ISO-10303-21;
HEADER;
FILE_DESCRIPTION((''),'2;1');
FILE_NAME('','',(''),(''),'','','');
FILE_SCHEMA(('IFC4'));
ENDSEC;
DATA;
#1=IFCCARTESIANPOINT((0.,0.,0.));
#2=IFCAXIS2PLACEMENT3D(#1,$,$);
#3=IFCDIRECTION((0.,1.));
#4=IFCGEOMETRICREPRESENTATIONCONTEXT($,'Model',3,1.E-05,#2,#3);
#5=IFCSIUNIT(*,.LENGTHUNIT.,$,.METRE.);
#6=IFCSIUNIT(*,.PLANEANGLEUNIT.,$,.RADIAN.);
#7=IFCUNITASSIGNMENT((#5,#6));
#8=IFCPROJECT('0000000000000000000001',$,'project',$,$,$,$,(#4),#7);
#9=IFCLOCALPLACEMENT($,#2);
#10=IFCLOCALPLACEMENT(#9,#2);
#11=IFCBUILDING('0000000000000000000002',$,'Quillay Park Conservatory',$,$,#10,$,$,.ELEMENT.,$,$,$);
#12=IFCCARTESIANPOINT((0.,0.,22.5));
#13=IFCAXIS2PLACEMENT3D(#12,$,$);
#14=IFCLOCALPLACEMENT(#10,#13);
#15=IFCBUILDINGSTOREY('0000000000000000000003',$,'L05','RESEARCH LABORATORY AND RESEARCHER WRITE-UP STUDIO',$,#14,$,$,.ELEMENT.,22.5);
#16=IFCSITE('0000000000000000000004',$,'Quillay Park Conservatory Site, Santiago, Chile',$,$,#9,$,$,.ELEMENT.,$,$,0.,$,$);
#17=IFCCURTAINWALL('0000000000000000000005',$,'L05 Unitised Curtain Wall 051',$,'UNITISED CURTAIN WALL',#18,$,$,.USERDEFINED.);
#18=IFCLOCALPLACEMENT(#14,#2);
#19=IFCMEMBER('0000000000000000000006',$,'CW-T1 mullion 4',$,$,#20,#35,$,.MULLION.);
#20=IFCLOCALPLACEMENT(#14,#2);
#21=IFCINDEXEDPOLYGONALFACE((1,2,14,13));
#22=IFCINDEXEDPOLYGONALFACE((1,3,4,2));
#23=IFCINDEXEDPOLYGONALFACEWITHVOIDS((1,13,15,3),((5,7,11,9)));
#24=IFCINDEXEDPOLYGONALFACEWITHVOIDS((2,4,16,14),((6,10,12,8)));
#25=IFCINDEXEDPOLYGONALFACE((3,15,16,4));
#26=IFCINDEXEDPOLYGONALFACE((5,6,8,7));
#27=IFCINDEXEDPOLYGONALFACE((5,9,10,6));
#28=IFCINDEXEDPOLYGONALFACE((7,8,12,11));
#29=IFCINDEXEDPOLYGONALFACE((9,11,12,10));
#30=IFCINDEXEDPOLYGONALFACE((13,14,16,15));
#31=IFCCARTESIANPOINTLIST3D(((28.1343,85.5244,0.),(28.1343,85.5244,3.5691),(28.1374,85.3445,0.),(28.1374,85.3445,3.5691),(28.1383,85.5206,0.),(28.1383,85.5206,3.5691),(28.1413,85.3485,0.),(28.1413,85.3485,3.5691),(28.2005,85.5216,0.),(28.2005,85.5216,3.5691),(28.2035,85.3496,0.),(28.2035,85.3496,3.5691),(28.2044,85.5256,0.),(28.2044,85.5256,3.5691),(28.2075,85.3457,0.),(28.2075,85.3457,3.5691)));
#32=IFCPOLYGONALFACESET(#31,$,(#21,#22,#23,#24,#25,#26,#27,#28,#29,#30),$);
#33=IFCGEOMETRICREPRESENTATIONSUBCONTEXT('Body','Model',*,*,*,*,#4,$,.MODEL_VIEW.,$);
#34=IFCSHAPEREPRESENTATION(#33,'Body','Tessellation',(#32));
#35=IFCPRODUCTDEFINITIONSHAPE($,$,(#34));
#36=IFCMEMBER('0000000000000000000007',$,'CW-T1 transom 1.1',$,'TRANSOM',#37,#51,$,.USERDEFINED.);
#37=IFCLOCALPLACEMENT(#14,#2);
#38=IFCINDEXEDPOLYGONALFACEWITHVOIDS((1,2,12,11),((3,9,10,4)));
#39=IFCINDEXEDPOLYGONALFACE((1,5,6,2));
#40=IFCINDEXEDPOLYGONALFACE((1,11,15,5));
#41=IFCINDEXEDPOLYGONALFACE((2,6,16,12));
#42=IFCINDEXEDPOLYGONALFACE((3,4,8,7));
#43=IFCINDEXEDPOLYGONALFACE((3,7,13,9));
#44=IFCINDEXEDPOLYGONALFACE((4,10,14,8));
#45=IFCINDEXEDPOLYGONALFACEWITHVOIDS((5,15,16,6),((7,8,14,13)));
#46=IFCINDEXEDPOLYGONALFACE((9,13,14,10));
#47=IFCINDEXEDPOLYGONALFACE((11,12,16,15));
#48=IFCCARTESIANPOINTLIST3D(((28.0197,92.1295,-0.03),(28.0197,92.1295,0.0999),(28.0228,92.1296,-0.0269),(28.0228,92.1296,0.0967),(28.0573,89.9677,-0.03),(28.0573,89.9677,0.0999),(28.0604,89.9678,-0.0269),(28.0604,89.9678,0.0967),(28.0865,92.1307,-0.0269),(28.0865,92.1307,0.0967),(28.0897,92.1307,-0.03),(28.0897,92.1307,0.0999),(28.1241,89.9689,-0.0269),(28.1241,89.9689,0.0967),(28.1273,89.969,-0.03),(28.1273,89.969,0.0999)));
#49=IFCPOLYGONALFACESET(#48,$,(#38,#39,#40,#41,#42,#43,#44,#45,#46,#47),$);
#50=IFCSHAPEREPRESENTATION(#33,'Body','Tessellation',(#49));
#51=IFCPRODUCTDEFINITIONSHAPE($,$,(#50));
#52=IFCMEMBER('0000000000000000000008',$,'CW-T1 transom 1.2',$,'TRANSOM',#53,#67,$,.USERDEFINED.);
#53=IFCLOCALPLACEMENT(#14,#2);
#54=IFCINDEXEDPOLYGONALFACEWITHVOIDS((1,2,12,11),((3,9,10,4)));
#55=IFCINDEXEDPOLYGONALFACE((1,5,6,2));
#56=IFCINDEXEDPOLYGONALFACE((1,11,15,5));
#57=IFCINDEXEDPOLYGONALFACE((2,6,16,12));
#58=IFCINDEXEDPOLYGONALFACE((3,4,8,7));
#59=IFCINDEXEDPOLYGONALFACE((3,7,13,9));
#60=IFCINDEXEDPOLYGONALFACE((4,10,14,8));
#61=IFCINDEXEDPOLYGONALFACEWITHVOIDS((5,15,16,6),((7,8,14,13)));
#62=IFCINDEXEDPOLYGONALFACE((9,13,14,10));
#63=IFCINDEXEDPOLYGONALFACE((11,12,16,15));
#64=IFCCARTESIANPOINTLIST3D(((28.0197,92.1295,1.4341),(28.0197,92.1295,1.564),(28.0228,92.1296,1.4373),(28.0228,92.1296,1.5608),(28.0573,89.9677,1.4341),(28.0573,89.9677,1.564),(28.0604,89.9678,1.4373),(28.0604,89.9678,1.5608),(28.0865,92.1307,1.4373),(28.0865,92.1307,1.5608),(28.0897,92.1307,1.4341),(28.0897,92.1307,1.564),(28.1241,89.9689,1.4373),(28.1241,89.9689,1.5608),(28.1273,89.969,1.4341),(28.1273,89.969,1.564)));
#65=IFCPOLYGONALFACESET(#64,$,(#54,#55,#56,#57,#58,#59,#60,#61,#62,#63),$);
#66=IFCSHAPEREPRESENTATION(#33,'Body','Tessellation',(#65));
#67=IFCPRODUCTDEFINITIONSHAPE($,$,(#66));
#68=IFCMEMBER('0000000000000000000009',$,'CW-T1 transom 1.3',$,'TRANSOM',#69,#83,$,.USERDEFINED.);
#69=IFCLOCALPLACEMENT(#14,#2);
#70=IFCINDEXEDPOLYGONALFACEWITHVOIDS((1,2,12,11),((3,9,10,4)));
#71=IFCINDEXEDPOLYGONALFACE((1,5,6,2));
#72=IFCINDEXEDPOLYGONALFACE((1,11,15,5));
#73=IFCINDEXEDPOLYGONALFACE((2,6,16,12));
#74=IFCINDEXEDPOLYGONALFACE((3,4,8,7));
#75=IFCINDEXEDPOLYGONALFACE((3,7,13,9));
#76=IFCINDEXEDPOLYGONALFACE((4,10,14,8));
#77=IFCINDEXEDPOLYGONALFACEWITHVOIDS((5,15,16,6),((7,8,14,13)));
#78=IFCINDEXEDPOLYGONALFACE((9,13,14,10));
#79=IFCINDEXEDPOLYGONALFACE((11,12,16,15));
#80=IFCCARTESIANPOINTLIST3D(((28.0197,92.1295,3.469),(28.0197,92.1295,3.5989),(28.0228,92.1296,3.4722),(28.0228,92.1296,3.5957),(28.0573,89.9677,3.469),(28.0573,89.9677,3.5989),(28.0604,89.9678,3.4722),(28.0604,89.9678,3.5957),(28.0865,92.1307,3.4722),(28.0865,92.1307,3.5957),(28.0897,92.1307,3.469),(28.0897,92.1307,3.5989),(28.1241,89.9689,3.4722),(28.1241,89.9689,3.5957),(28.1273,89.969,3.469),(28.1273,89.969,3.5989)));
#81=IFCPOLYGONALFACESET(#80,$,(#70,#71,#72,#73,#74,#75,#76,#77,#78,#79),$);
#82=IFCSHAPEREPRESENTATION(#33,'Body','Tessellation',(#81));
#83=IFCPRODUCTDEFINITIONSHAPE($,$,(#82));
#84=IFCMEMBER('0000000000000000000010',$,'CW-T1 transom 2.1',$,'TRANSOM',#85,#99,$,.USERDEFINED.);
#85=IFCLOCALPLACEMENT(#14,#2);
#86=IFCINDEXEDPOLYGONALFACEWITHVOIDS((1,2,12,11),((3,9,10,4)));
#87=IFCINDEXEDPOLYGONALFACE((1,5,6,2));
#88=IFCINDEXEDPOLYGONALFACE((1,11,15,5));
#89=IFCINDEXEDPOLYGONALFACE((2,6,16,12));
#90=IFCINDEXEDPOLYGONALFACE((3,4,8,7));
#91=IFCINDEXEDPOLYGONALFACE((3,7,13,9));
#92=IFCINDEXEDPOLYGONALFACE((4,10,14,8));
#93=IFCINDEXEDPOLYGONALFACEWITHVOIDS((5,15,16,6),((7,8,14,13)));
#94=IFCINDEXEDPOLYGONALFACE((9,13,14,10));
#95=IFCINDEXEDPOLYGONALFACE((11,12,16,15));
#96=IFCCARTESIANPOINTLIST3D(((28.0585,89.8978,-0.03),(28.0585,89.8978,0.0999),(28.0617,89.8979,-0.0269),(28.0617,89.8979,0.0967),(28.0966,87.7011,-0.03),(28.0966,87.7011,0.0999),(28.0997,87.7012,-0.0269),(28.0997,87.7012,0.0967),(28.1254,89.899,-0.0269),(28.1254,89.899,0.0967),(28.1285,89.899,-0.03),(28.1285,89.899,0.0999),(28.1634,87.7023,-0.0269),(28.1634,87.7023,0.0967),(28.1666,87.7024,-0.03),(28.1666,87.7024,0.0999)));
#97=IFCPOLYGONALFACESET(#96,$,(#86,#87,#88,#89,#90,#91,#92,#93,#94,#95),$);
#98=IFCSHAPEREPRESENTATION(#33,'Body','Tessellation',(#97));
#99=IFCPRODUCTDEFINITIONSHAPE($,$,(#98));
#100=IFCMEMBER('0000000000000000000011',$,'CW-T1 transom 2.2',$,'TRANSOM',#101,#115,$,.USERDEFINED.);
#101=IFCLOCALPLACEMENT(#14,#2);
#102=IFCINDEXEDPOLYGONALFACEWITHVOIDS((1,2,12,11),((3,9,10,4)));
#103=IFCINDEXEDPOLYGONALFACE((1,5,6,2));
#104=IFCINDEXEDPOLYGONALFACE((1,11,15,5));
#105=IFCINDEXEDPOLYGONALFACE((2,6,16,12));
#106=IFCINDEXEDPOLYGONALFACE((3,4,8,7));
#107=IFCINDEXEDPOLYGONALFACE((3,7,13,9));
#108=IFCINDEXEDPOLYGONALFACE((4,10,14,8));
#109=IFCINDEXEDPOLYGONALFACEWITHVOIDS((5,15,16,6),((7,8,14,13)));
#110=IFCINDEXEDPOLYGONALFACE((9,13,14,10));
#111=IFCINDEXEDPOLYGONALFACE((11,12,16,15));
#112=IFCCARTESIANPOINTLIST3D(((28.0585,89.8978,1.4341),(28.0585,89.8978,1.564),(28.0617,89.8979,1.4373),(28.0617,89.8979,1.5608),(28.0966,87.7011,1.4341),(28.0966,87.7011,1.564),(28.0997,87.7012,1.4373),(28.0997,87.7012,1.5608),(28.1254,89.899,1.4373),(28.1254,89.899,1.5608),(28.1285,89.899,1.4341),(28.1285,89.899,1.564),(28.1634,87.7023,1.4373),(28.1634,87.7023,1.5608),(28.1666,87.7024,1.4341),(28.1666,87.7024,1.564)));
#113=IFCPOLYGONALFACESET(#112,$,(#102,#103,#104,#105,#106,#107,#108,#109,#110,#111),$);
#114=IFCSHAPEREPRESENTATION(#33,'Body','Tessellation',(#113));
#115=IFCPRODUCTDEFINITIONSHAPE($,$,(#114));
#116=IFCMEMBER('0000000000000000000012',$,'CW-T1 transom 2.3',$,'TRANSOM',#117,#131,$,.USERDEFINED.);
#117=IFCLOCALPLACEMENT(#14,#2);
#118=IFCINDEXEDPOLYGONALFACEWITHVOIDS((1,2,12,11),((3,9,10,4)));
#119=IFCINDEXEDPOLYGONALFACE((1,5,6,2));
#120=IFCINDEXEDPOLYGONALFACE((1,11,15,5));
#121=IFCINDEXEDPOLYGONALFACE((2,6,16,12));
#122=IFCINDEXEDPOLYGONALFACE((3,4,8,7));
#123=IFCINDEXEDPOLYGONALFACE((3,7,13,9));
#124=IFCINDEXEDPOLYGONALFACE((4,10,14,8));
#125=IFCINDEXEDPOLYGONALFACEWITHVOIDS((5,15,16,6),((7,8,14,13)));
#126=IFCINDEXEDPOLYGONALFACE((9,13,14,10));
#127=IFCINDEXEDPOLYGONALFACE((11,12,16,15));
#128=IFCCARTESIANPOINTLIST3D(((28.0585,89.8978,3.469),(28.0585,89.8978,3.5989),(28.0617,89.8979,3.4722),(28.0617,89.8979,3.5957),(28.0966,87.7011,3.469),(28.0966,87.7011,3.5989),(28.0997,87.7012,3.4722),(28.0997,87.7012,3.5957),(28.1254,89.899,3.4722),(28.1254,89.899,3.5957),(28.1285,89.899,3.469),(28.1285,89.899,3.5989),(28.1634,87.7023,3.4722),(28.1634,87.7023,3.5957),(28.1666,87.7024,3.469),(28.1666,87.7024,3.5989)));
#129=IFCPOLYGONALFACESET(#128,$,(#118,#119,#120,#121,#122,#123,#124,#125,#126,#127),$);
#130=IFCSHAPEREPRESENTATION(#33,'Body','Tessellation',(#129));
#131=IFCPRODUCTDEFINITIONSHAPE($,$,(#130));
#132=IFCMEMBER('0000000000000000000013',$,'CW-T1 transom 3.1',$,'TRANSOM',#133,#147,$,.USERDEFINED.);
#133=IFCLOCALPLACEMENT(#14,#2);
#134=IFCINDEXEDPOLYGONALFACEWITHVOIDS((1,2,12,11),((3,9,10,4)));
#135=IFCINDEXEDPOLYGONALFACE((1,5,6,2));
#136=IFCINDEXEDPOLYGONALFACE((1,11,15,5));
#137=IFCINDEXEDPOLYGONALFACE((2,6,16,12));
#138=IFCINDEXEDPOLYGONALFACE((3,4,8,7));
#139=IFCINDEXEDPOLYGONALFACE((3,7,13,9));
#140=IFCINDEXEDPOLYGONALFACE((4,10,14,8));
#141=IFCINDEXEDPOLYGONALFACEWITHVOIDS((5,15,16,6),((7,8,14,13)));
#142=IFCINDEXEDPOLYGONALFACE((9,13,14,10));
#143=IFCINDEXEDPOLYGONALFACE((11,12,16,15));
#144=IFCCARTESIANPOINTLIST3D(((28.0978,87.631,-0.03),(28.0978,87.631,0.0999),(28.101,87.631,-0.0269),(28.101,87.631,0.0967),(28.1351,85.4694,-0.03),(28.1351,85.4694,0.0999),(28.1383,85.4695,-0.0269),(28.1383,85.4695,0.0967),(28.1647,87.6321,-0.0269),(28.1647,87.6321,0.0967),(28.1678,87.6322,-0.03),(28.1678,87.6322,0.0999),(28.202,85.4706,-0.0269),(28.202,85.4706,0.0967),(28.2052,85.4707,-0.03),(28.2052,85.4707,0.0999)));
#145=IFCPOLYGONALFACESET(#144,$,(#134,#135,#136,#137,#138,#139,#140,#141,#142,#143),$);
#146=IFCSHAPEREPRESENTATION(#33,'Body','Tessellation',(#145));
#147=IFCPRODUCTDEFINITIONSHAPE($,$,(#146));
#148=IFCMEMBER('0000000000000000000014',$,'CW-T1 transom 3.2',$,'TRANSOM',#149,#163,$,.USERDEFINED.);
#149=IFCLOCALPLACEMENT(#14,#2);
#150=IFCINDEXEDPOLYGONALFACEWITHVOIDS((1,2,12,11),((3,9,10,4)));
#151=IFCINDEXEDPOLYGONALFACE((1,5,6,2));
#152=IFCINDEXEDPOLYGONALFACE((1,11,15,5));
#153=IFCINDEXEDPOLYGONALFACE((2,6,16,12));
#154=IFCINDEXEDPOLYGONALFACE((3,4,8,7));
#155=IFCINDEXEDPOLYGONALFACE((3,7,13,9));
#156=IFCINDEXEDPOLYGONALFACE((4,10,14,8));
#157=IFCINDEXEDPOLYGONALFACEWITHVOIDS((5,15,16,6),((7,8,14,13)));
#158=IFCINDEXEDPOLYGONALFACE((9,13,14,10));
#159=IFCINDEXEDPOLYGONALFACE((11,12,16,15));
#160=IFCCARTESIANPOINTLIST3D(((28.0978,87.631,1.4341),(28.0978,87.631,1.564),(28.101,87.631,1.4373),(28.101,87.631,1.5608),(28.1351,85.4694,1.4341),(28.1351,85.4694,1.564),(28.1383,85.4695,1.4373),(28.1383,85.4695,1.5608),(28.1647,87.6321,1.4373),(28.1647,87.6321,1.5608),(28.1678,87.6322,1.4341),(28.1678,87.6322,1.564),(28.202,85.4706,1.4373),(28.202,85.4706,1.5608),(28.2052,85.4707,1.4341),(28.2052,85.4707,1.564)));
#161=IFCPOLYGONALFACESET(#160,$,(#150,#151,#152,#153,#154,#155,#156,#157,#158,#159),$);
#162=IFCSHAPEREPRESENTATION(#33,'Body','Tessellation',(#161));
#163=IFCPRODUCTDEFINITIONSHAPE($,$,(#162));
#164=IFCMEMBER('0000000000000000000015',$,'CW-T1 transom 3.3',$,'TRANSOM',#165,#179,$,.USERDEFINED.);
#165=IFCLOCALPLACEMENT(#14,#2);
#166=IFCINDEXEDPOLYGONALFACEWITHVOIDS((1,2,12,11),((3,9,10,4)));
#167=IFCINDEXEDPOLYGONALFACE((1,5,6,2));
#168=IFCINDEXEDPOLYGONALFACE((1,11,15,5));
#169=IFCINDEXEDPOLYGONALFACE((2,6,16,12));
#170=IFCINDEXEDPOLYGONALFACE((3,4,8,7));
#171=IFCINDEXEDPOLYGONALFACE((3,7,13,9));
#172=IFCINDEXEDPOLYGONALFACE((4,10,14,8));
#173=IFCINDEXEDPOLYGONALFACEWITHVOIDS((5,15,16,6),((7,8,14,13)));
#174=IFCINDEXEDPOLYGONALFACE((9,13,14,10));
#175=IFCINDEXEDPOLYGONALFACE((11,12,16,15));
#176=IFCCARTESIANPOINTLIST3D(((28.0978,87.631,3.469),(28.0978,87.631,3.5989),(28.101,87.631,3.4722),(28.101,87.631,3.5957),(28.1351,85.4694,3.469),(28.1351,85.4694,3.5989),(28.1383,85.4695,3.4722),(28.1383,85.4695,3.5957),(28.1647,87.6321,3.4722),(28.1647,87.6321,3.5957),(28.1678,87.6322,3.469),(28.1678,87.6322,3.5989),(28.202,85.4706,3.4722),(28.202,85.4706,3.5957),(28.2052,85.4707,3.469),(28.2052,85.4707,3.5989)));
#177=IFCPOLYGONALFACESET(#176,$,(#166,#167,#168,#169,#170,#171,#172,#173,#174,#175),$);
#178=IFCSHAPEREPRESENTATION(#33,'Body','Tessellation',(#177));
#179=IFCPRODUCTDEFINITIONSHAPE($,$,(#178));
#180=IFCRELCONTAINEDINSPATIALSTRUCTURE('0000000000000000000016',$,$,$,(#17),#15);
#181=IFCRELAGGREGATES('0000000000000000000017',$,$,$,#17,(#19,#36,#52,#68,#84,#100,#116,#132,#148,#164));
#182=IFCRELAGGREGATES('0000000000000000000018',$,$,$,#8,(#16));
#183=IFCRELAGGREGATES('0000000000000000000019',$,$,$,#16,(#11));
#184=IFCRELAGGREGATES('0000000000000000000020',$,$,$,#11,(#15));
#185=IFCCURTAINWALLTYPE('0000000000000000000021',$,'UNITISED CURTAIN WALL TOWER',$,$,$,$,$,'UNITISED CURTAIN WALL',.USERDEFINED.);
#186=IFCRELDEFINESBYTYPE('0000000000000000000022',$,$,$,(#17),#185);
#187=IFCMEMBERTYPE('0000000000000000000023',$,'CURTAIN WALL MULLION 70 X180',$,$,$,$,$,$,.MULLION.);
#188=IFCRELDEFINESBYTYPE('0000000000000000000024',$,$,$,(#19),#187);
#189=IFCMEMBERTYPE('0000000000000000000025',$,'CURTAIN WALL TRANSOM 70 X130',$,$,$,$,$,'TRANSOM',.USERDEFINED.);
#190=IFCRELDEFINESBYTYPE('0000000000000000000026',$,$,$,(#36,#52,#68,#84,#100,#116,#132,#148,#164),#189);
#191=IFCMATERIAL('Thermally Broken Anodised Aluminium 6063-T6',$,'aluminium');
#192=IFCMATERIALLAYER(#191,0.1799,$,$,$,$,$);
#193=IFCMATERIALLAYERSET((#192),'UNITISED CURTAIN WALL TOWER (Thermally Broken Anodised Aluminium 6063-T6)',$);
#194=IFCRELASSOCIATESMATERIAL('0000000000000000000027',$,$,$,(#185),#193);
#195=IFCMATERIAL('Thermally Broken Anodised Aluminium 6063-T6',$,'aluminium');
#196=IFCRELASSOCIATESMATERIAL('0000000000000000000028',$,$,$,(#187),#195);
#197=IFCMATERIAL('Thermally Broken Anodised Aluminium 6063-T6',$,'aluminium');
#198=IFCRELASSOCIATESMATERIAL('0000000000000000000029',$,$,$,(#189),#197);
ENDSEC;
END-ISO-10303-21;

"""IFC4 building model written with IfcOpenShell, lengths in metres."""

from ifc_helpers import new_model, si_unit, direction, frame, origin, origin_2d, place, context, subcontext, project, spatial, hollow_rectangle, extrude, material, layer, layer_set, material_profile, profile_set, type_object, element, aggregate, save


model = new_model("IFC4")

# Units and contexts
model_context = context("Model", 3, precision=1e-05, world=origin(), true_north=direction((0.0, 1.0)))
body_context = subcontext(model_context, "Body", "Model", "MODEL_VIEW")
ifc_project = project(units=[si_unit("LENGTHUNIT", "METRE"), si_unit("PLANEANGLEUNIT", "RADIAN")], contexts=[model_context])

# Site, building, storey
site_placement = place(None, origin())
site = spatial("IfcSite", under=ifc_project, at=site_placement, Name="Quillay Park Conservatory Site, Santiago, Chile", CompositionType="ELEMENT", RefElevation=0.0)
building_placement = place(site_placement, origin())
building = spatial("IfcBuilding", under=site, at=building_placement, Name="Quillay Park Conservatory", CompositionType="ELEMENT")
storey_placement = place(building_placement, frame((0.0, 0.0, 22.5)))
storey = spatial("IfcBuildingStorey", under=building, at=storey_placement, Name="L05", Description="RESEARCH LABORATORY AND RESEARCHER WRITE-UP STUDIO", CompositionType="ELEMENT", Elevation=22.5)

# Curtain wall, members
ifc_material_1 = material(Name="Thermally Broken Anodised Aluminium 6063-T6", Category="aluminium")
ifc_layer_1 = layer(ifc_material_1, 0.1799)
ifc_layer_set_1 = layer_set([ifc_layer_1], Name="UNITISED CURTAIN WALL TOWER (Thermally Broken Anodised Aluminium 6063-T6)")
curtain_wall_type = type_object("IfcCurtainWallType", Name="UNITISED CURTAIN WALL TOWER", ElementType="UNITISED CURTAIN WALL", PredefinedType="USERDEFINED", material=ifc_layer_set_1)
curtain_wall_placement = place(storey_placement, origin())
curtain_wall = element("IfcCurtainWall", 1, at=curtain_wall_placement, inside=storey, type_object=curtain_wall_type, Name="L05 Unitised Curtain Wall 051", ObjectType="UNITISED CURTAIN WALL", PredefinedType="USERDEFINED")
ifc_material_2 = material(Name="Thermally Broken Anodised Aluminium 6063-T6", Category="aluminium")
ifc_material_profile_1 = material_profile(ifc_material_2, hollow_rectangle(XDim=0.0701, YDim=0.1799, WallThickness=0.0039, at=origin_2d()), Name="AL70x180x4")
ifc_profile_set_1 = profile_set([ifc_material_profile_1], Name="Thermally Broken Anodised Aluminium 6063-T6")
member_type_1 = type_object("IfcMemberType", Name="CURTAIN WALL MULLION 70 X180", PredefinedType="MULLION", material=ifc_profile_set_1)
member_1_placement = place(storey_placement, frame((28.1709, 85.4351, 0.0), z_axis=(0.0, 0.0, 1.0), x_axis=(0.999849, 0.01735, 0.0)))
member_1 = element("IfcMember", 2, at=member_1_placement, type_object=member_type_1, Name="CW-T1 mullion 4", PredefinedType="MULLION", context=body_context, shape_type="SweptSolid", body=[
    extrude(hollow_rectangle(XDim=0.0701, YDim=0.1799, WallThickness=0.0039, at=origin_2d()), origin(), (0.0, 0.0, 1.0), 3.5691),
])
ifc_material_3 = material(Name="Thermally Broken Anodised Aluminium 6063-T6", Category="aluminium")
ifc_material_profile_2 = material_profile(ifc_material_3, hollow_rectangle(XDim=0.0701, YDim=0.1299, WallThickness=0.0032, at=origin_2d()), Name="AL70x130x3.2")
ifc_profile_set_2 = profile_set([ifc_material_profile_2], Name="Thermally Broken Anodised Aluminium 6063-T6")
member_type_2 = type_object("IfcMemberType", Name="CURTAIN WALL TRANSOM 70 X130", ElementType="TRANSOM", PredefinedType="USERDEFINED", material=ifc_profile_set_2)
member_2_placement = place(storey_placement, frame((28.0547, 92.1301, 0.0349), z_axis=(0.017389, -0.999849, 0.0), x_axis=(0.999849, 0.017389, 0.0)))
member_2 = element("IfcMember", 3, at=member_2_placement, type_object=member_type_2, Name="CW-T1 transom 1.1", ObjectType="TRANSOM", PredefinedType="USERDEFINED", context=body_context, shape_type="SweptSolid", body=[
    extrude(hollow_rectangle(XDim=0.0701, YDim=0.1299, WallThickness=0.0032, at=origin_2d()), origin(), (0.0, 0.0, 1.0), 2.1621),
])
member_3_placement = place(storey_placement, frame((28.0547, 92.1301, 1.499), z_axis=(0.017389, -0.999849, 0.0), x_axis=(0.999849, 0.017389, 0.0)))
member_3 = element("IfcMember", 4, at=member_3_placement, type_object=member_type_2, Name="CW-T1 transom 1.2", ObjectType="TRANSOM", PredefinedType="USERDEFINED", context=body_context, shape_type="SweptSolid", body=[
    extrude(hollow_rectangle(XDim=0.0701, YDim=0.1299, WallThickness=0.0032, at=origin_2d()), origin(), (0.0, 0.0, 1.0), 2.1621),
])
member_4_placement = place(storey_placement, frame((28.0547, 92.1301, 3.5339), z_axis=(0.017389, -0.999849, 0.0), x_axis=(0.999849, 0.017389, 0.0)))
member_4 = element("IfcMember", 5, at=member_4_placement, type_object=member_type_2, Name="CW-T1 transom 1.3", ObjectType="TRANSOM", PredefinedType="USERDEFINED", context=body_context, shape_type="SweptSolid", body=[
    extrude(hollow_rectangle(XDim=0.0701, YDim=0.1299, WallThickness=0.0032, at=origin_2d()), origin(), (0.0, 0.0, 1.0), 2.1621),
])
member_5_placement = place(storey_placement, frame((28.0935, 89.8984, 0.0349), z_axis=(0.017335, -0.99985, 0.0), x_axis=(0.99985, 0.017335, 0.0)))
member_5 = element("IfcMember", 6, at=member_5_placement, type_object=member_type_2, Name="CW-T1 transom 2.1", ObjectType="TRANSOM", PredefinedType="USERDEFINED", context=body_context, shape_type="SweptSolid", body=[
    extrude(hollow_rectangle(XDim=0.0701, YDim=0.1299, WallThickness=0.0032, at=origin_2d()), origin(), (0.0, 0.0, 1.0), 2.197),
])
member_6_placement = place(storey_placement, frame((28.0935, 89.8984, 1.499), z_axis=(0.017335, -0.99985, 0.0), x_axis=(0.99985, 0.017335, 0.0)))
member_6 = element("IfcMember", 7, at=member_6_placement, type_object=member_type_2, Name="CW-T1 transom 2.2", ObjectType="TRANSOM", PredefinedType="USERDEFINED", context=body_context, shape_type="SweptSolid", body=[
    extrude(hollow_rectangle(XDim=0.0701, YDim=0.1299, WallThickness=0.0032, at=origin_2d()), origin(), (0.0, 0.0, 1.0), 2.197),
])
member_7_placement = place(storey_placement, frame((28.0935, 89.8984, 3.5339), z_axis=(0.017335, -0.99985, 0.0), x_axis=(0.99985, 0.017335, 0.0)))
member_7 = element("IfcMember", 8, at=member_7_placement, type_object=member_type_2, Name="CW-T1 transom 2.3", ObjectType="TRANSOM", PredefinedType="USERDEFINED", context=body_context, shape_type="SweptSolid", body=[
    extrude(hollow_rectangle(XDim=0.0701, YDim=0.1299, WallThickness=0.0032, at=origin_2d()), origin(), (0.0, 0.0, 1.0), 2.197),
])
member_8_placement = place(storey_placement, frame((28.1328, 87.6316, 0.0349), z_axis=(0.017278, -0.999851, 0.0), x_axis=(0.999851, 0.017278, 0.0)))
member_8 = element("IfcMember", 9, at=member_8_placement, type_object=member_type_2, Name="CW-T1 transom 3.1", ObjectType="TRANSOM", PredefinedType="USERDEFINED", context=body_context, shape_type="SweptSolid", body=[
    extrude(hollow_rectangle(XDim=0.0701, YDim=0.1299, WallThickness=0.0032, at=origin_2d()), origin(), (0.0, 0.0, 1.0), 2.1619),
])
member_9_placement = place(storey_placement, frame((28.1328, 87.6316, 1.499), z_axis=(0.017278, -0.999851, 0.0), x_axis=(0.999851, 0.017278, 0.0)))
member_9 = element("IfcMember", 10, at=member_9_placement, type_object=member_type_2, Name="CW-T1 transom 3.2", ObjectType="TRANSOM", PredefinedType="USERDEFINED", context=body_context, shape_type="SweptSolid", body=[
    extrude(hollow_rectangle(XDim=0.0701, YDim=0.1299, WallThickness=0.0032, at=origin_2d()), origin(), (0.0, 0.0, 1.0), 2.1619),
])
member_10_placement = place(storey_placement, frame((28.1328, 87.6316, 3.5339), z_axis=(0.017278, -0.999851, 0.0), x_axis=(0.999851, 0.017278, 0.0)))
member_10 = element("IfcMember", 11, at=member_10_placement, type_object=member_type_2, Name="CW-T1 transom 3.3", ObjectType="TRANSOM", PredefinedType="USERDEFINED", context=body_context, shape_type="SweptSolid", body=[
    extrude(hollow_rectangle(XDim=0.0701, YDim=0.1299, WallThickness=0.0032, at=origin_2d()), origin(), (0.0, 0.0, 1.0), 2.1619),
])

aggregate(curtain_wall, [member_1, member_2, member_3, member_4, member_5, member_6, member_7, member_8, member_9, member_10])

save(model, "model.ifc")
